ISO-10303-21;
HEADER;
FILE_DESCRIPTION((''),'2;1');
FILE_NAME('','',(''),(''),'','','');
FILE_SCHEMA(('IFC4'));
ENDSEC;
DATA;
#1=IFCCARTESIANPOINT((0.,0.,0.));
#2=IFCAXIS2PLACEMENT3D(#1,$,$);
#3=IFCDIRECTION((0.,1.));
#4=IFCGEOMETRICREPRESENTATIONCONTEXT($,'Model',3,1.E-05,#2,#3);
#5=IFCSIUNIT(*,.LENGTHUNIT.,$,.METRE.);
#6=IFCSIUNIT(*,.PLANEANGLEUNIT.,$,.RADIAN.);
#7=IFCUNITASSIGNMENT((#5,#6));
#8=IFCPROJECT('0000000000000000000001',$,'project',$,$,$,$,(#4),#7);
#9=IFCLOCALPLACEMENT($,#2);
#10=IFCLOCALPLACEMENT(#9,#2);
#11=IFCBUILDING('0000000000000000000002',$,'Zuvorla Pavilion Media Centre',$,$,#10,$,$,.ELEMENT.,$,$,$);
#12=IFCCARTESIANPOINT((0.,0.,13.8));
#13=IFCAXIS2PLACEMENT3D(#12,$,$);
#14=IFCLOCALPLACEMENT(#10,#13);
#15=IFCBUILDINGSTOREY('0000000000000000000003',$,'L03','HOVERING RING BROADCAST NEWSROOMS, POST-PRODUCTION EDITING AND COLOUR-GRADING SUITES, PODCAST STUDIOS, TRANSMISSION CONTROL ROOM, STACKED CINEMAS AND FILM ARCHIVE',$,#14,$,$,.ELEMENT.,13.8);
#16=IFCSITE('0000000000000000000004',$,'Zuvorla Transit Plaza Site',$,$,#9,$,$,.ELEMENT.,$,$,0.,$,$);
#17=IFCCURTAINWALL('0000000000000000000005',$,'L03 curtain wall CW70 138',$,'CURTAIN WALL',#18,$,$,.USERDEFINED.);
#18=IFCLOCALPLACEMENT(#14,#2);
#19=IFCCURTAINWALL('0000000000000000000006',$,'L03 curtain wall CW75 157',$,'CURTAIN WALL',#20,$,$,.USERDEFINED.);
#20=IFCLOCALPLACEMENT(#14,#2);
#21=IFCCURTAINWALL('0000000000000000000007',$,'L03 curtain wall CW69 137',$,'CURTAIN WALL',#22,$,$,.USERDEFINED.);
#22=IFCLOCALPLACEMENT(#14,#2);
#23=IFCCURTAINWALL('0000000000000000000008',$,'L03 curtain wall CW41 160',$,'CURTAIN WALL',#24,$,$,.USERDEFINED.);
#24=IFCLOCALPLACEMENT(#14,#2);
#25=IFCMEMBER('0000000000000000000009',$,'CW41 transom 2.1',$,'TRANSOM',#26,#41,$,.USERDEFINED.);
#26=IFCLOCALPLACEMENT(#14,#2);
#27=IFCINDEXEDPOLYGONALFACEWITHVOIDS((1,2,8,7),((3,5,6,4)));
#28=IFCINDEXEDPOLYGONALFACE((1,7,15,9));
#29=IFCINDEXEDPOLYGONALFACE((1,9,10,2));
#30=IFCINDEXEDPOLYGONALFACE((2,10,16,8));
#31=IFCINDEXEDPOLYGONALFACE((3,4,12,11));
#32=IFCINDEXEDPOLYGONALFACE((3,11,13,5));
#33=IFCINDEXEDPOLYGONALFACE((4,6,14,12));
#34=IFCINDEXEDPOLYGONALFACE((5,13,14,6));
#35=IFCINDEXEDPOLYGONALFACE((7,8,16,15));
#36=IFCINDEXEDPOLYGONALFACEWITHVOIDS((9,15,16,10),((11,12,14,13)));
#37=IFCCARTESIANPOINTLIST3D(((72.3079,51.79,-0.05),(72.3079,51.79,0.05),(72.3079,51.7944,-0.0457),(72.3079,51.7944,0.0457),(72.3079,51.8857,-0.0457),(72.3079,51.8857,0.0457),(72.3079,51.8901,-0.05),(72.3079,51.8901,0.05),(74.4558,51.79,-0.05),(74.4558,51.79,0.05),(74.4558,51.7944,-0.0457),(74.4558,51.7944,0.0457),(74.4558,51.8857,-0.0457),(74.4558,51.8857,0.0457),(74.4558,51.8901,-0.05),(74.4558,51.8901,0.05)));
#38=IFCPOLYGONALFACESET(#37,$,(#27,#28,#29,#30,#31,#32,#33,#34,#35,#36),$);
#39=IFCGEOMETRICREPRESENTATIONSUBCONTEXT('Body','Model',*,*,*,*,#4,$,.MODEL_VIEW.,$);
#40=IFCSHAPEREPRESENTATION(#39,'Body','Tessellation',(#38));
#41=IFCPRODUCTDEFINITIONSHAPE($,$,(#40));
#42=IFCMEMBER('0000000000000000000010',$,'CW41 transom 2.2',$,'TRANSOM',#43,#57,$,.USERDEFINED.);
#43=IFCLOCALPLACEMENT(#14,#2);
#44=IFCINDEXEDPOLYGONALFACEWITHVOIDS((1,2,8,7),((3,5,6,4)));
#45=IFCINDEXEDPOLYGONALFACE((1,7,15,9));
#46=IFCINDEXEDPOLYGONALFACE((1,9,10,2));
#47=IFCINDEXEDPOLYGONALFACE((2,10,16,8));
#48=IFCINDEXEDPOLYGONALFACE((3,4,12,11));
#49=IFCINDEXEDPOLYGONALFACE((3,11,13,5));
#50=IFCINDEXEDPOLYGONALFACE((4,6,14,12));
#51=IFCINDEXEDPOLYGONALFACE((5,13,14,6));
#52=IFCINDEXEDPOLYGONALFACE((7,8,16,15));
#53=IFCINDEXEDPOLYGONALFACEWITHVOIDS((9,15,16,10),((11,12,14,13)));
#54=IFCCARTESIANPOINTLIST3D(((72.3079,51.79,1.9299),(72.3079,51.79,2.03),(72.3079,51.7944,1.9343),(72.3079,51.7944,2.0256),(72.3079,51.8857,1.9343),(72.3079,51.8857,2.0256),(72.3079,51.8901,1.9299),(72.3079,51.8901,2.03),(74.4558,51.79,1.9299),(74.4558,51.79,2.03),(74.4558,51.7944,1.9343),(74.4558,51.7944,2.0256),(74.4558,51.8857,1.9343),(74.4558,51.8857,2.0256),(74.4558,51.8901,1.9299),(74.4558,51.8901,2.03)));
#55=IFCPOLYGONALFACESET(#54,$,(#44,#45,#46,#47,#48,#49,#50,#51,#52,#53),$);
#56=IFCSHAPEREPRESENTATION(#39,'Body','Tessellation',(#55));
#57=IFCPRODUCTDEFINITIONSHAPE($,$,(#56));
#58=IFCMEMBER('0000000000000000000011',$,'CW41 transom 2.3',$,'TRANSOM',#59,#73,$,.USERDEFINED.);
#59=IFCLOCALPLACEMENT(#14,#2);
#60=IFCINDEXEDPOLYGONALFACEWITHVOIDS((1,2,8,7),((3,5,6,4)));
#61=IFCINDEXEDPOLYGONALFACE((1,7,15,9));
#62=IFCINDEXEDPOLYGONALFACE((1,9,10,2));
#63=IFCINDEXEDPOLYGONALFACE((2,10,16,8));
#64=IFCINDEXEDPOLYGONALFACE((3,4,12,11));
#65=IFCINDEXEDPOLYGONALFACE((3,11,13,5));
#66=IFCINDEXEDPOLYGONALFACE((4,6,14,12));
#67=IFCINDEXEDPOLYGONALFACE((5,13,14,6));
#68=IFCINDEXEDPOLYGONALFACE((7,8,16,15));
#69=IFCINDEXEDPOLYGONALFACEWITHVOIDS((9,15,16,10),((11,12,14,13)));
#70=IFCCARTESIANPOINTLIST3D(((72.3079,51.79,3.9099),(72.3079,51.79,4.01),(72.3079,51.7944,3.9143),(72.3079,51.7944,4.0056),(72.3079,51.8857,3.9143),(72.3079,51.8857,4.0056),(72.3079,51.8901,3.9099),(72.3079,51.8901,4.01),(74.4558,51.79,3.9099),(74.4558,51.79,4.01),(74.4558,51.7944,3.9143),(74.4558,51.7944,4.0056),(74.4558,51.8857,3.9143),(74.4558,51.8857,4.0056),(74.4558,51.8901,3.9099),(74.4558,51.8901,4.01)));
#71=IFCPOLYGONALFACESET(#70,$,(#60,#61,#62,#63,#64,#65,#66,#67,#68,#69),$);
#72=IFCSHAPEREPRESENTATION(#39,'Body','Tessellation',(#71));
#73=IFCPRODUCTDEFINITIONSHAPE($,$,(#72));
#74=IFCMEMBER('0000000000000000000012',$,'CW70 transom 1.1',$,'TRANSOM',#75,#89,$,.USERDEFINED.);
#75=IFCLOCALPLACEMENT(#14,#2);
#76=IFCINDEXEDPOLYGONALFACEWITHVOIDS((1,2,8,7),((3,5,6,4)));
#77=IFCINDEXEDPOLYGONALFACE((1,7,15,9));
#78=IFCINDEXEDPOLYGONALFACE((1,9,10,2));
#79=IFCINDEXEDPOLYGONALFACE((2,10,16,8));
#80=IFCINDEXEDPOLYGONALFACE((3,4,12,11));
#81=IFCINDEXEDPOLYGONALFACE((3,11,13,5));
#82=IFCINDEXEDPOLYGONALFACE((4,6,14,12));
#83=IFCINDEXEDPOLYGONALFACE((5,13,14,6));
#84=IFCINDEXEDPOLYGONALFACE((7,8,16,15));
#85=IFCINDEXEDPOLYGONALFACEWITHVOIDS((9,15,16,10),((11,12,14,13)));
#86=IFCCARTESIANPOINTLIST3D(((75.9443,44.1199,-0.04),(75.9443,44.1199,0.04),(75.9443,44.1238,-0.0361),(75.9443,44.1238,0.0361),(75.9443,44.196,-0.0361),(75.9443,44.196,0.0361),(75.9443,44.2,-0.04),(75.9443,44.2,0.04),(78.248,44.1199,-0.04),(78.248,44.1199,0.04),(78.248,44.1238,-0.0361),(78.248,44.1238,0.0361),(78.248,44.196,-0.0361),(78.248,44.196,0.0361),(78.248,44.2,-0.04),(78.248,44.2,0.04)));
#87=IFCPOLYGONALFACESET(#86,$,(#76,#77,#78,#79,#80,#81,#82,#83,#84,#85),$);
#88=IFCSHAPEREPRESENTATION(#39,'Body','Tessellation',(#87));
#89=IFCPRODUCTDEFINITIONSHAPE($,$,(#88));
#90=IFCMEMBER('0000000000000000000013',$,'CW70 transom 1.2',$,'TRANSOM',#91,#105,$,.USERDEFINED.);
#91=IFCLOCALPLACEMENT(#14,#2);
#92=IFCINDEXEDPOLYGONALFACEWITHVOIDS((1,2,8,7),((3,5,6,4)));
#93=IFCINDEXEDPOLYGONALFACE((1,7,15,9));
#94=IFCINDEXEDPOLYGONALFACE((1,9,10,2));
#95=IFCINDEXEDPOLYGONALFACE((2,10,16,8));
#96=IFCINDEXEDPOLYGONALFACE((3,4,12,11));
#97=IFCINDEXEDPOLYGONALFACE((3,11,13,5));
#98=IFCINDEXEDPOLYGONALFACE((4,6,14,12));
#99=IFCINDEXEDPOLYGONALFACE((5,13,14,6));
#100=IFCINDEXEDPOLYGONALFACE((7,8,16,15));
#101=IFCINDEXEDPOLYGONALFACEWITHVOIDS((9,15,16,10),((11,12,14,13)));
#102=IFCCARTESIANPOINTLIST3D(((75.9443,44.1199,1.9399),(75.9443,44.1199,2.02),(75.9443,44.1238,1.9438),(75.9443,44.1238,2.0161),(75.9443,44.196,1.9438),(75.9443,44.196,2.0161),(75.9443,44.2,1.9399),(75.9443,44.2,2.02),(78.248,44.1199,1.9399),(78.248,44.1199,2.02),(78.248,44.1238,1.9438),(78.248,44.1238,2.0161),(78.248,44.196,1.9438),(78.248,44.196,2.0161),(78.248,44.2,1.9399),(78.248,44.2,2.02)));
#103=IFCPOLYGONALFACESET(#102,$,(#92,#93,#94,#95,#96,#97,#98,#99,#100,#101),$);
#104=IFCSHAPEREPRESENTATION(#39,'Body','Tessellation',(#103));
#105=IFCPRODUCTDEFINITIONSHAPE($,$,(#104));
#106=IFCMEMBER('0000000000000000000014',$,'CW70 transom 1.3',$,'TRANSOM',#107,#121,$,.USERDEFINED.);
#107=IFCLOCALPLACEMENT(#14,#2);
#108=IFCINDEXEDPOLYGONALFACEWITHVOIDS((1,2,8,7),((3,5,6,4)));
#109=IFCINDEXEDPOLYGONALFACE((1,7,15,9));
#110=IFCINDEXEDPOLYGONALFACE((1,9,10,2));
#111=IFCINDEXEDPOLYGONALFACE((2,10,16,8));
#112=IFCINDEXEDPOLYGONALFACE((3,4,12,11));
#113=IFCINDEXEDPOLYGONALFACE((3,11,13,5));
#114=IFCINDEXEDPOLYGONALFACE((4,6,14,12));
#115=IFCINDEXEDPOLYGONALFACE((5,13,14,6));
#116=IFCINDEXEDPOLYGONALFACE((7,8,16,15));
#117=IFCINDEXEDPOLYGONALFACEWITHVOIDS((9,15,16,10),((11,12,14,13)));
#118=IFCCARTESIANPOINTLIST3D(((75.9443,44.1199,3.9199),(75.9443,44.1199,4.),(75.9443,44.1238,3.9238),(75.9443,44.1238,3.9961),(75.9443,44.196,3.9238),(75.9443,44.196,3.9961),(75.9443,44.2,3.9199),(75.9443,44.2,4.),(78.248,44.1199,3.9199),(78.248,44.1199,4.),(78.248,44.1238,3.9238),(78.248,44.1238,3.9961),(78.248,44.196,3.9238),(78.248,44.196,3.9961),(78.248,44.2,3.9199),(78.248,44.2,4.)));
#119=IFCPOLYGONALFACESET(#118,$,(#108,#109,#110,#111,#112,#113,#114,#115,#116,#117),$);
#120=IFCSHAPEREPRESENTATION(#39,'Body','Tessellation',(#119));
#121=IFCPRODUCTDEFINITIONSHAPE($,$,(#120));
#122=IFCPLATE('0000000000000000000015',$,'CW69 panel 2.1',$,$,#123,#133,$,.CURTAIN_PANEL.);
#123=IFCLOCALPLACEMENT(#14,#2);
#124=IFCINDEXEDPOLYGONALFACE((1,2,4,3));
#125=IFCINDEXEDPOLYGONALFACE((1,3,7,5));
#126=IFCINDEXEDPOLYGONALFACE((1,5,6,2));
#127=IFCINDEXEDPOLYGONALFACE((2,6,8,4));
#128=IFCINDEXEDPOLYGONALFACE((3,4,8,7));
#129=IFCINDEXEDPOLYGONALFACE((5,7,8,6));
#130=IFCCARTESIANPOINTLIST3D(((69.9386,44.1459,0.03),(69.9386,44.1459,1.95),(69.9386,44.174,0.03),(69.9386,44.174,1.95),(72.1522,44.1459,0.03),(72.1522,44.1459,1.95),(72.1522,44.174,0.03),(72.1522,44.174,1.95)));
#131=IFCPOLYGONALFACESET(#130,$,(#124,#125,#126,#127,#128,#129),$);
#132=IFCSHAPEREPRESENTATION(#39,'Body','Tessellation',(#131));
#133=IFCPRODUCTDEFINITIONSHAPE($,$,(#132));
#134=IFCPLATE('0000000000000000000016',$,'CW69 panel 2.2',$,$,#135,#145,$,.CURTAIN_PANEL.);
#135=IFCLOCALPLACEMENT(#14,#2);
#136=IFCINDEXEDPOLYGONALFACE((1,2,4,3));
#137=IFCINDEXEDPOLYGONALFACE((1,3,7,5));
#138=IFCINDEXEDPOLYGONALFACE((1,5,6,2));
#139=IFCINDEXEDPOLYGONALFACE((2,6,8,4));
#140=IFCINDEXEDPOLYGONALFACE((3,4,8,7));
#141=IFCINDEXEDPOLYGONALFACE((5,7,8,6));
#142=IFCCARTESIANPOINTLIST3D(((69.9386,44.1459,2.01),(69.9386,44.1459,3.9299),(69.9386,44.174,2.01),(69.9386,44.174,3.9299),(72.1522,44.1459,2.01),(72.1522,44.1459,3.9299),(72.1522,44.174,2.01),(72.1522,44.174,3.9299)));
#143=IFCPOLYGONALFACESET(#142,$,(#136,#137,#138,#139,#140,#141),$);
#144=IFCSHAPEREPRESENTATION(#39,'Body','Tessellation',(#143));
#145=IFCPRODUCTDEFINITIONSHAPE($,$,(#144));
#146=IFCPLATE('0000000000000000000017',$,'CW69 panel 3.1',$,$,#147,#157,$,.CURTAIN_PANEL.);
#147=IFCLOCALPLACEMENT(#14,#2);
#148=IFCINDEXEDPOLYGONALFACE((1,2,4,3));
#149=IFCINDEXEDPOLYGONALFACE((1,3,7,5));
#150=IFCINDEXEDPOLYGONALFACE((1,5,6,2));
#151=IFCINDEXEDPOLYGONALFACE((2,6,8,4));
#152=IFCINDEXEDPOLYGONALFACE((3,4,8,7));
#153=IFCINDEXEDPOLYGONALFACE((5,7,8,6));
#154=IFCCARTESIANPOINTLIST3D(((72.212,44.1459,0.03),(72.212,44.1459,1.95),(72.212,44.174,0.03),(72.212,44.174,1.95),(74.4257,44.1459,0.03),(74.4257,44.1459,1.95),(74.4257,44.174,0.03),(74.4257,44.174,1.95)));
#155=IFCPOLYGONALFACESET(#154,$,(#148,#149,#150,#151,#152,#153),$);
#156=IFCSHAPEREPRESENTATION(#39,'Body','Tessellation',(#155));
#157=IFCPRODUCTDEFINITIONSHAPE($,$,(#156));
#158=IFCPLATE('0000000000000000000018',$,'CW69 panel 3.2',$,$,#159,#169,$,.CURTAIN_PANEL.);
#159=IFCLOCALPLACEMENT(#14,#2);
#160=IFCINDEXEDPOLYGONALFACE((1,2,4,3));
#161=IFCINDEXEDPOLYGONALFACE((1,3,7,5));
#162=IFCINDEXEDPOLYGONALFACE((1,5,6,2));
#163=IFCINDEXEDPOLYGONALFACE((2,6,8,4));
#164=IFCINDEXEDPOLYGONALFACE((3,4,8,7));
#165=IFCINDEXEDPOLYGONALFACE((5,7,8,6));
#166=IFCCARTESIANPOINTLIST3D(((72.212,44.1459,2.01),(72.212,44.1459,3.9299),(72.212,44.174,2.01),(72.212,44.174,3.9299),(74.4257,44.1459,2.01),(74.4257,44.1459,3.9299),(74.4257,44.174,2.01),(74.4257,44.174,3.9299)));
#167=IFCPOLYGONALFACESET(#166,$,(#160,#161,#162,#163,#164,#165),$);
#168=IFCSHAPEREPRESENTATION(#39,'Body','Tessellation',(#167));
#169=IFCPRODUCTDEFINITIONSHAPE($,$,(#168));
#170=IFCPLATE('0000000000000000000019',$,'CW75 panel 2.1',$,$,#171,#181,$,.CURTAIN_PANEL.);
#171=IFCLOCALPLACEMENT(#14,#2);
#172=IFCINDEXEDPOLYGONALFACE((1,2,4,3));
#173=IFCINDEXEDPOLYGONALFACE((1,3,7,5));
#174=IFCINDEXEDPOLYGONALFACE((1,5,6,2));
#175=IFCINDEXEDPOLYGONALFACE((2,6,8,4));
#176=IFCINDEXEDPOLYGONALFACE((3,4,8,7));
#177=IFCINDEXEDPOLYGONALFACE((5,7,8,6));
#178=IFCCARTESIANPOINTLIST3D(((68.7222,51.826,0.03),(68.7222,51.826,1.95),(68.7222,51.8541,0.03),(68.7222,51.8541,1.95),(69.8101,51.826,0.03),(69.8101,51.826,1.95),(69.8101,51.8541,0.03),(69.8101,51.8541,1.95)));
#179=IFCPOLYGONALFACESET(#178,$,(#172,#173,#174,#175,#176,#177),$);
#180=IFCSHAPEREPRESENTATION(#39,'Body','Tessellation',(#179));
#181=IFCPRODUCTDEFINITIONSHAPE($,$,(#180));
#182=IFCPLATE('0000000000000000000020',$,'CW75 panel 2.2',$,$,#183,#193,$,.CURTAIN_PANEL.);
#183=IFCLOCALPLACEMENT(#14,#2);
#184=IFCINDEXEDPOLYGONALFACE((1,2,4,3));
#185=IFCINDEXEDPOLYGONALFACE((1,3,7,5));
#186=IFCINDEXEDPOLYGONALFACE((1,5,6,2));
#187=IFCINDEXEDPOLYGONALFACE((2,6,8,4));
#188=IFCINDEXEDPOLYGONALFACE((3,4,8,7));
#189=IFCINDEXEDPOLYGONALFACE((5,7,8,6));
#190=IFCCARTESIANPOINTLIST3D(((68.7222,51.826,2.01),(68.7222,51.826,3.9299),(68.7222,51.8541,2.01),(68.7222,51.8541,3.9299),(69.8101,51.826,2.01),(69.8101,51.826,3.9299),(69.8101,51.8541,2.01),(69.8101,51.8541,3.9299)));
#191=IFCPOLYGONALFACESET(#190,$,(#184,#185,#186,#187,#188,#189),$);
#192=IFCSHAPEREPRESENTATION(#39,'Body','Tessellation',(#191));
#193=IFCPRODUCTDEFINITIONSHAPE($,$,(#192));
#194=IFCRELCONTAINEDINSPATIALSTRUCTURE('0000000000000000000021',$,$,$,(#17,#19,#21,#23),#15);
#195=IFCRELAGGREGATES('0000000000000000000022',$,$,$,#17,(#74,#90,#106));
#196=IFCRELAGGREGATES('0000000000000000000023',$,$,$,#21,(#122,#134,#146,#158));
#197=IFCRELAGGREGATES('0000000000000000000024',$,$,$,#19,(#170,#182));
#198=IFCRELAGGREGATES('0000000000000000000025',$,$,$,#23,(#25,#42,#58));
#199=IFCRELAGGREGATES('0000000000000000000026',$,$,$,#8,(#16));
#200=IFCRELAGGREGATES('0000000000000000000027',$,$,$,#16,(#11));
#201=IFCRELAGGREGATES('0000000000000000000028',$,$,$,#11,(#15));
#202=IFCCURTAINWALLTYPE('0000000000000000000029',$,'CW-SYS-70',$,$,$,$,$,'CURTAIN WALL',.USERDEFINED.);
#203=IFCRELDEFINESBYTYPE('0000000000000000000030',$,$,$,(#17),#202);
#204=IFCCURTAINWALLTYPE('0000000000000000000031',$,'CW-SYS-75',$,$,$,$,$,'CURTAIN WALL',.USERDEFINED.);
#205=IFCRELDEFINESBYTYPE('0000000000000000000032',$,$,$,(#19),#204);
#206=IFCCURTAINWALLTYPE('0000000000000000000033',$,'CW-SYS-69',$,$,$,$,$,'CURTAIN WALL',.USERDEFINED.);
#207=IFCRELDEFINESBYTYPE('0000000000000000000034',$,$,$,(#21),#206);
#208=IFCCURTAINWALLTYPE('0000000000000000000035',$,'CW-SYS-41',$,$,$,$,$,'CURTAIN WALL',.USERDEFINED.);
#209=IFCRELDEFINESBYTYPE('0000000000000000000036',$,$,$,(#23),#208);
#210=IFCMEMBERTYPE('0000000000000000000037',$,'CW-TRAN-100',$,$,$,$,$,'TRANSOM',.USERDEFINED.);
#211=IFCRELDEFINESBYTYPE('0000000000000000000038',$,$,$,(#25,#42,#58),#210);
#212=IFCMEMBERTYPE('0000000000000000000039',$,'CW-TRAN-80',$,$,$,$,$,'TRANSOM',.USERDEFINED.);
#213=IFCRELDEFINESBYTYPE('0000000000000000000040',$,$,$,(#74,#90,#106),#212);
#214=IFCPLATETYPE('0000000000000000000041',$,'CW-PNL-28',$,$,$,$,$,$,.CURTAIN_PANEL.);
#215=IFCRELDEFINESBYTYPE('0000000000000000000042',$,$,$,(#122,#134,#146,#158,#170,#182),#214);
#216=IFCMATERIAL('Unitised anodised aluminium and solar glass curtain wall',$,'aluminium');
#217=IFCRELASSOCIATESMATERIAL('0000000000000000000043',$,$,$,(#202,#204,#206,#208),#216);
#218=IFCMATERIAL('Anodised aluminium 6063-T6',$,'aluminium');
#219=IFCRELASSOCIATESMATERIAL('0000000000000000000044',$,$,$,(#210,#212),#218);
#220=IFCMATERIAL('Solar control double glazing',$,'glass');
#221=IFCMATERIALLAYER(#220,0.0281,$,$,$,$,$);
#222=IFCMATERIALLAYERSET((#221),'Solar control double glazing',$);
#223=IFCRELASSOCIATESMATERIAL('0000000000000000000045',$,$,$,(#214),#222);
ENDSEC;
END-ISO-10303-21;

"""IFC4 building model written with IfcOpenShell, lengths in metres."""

from ifc_helpers import new_model, si_unit, direction, frame, origin, origin_2d, place, context, subcontext, project, spatial, rectangle, hollow_rectangle, extrude, material, layer, layer_set, material_profile, profile_set, type_object, element, aggregate, save


model = new_model("IFC4")

# Units and contexts
model_context = context("Model", 3, precision=1e-05, world=origin(), true_north=direction((0.0, 1.0)))
body_context = subcontext(model_context, "Body", "Model", "MODEL_VIEW")
ifc_project = project(units=[si_unit("LENGTHUNIT", "METRE"), si_unit("PLANEANGLEUNIT", "RADIAN")], contexts=[model_context])

# Site, building, storey
site_placement = place(None, origin())
site = spatial("IfcSite", under=ifc_project, at=site_placement, Name="Zuvorla Transit Plaza Site", CompositionType="ELEMENT", RefElevation=0.0)
building_placement = place(site_placement, origin())
building = spatial("IfcBuilding", under=site, at=building_placement, Name="Zuvorla Pavilion Media Centre", CompositionType="ELEMENT")
storey_placement = place(building_placement, frame((0.0, 0.0, 13.8)))
storey = spatial("IfcBuildingStorey", under=building, at=storey_placement, Name="L03", Description="HOVERING RING BROADCAST NEWSROOMS, POST-PRODUCTION EDITING AND COLOUR-GRADING SUITES, PODCAST STUDIOS, TRANSMISSION CONTROL ROOM, STACKED CINEMAS AND FILM ARCHIVE", CompositionType="ELEMENT", Elevation=13.8)

# Curtain walls
ifc_material_1 = material(Name="Unitised anodised aluminium and solar glass curtain wall", Category="aluminium")
curtain_wall_type_1 = type_object("IfcCurtainWallType", Name="CW-SYS-70", ElementType="CURTAIN WALL", PredefinedType="USERDEFINED", material=ifc_material_1)
curtain_wall_1_placement = place(storey_placement, origin())
curtain_wall_1 = element("IfcCurtainWall", 1, at=curtain_wall_1_placement, inside=storey, type_object=curtain_wall_type_1, Name="L03 curtain wall CW70 138", ObjectType="CURTAIN WALL", PredefinedType="USERDEFINED")
ifc_material_2 = material(Name="Anodised aluminium 6063-T6", Category="aluminium")
curtain_wall_type_2 = type_object("IfcCurtainWallType", Name="CW-SYS-75", ElementType="CURTAIN WALL", PredefinedType="USERDEFINED", material=ifc_material_1)
curtain_wall_2_placement = place(storey_placement, origin())
curtain_wall_2 = element("IfcCurtainWall", 2, at=curtain_wall_2_placement, inside=storey, type_object=curtain_wall_type_2, Name="L03 curtain wall CW75 157", ObjectType="CURTAIN WALL", PredefinedType="USERDEFINED")

# Curtain walls
curtain_wall_type_3 = type_object("IfcCurtainWallType", Name="CW-SYS-69", ElementType="CURTAIN WALL", PredefinedType="USERDEFINED", material=ifc_material_1)
curtain_wall_3_placement = place(storey_placement, origin())
curtain_wall_3 = element("IfcCurtainWall", 3, at=curtain_wall_3_placement, inside=storey, type_object=curtain_wall_type_3, Name="L03 curtain wall CW69 137", ObjectType="CURTAIN WALL", PredefinedType="USERDEFINED")
curtain_wall_type_4 = type_object("IfcCurtainWallType", Name="CW-SYS-41", ElementType="CURTAIN WALL", PredefinedType="USERDEFINED", material=ifc_material_1)
curtain_wall_4_placement = place(storey_placement, origin())
curtain_wall_4 = element("IfcCurtainWall", 4, at=curtain_wall_4_placement, inside=storey, type_object=curtain_wall_type_4, Name="L03 curtain wall CW41 160", ObjectType="CURTAIN WALL", PredefinedType="USERDEFINED")

# Members
ifc_material_profile_1 = material_profile(ifc_material_2, hollow_rectangle(XDim=0.1001, YDim=0.1001, WallThickness=0.0044, at=origin_2d()), Name="ALU TRAN 100x100")
ifc_profile_set_1 = profile_set([ifc_material_profile_1], Name="Anodised aluminium 6063-T6")
member_type_1 = type_object("IfcMemberType", Name="CW-TRAN-100", ElementType="TRANSOM", PredefinedType="USERDEFINED", material=ifc_profile_set_1)
member_1_placement = place(storey_placement, frame((72.3079, 51.8401, 0.0), z_axis=(1.0, 0.0, 0.0), x_axis=(0.0, 1.0, 0.0)))
member_1 = element("IfcMember", 5, at=member_1_placement, type_object=member_type_1, Name="CW41 transom 2.1", ObjectType="TRANSOM", PredefinedType="USERDEFINED", context=body_context, shape_type="SweptSolid", body=[
    extrude(hollow_rectangle(XDim=0.1001, YDim=0.1001, WallThickness=0.0044, at=origin_2d()), origin(), (0.0, 0.0, 1.0), 2.1479),
])
member_2_placement = place(storey_placement, frame((72.3079, 51.8401, 1.98), z_axis=(1.0, 0.0, 0.0), x_axis=(0.0, 1.0, 0.0)))
member_2 = element("IfcMember", 6, at=member_2_placement, type_object=member_type_1, Name="CW41 transom 2.2", ObjectType="TRANSOM", PredefinedType="USERDEFINED", context=body_context, shape_type="SweptSolid", body=[
    extrude(hollow_rectangle(XDim=0.1001, YDim=0.1001, WallThickness=0.0044, at=origin_2d()), origin(), (0.0, 0.0, 1.0), 2.1479),
])
member_3_placement = place(storey_placement, frame((72.3079, 51.8401, 3.96), z_axis=(1.0, 0.0, 0.0), x_axis=(0.0, 1.0, 0.0)))
member_3 = element("IfcMember", 7, at=member_3_placement, type_object=member_type_1, Name="CW41 transom 2.3", ObjectType="TRANSOM", PredefinedType="USERDEFINED", context=body_context, shape_type="SweptSolid", body=[
    extrude(hollow_rectangle(XDim=0.1001, YDim=0.1001, WallThickness=0.0044, at=origin_2d()), origin(), (0.0, 0.0, 1.0), 2.1479),
])
ifc_material_profile_2 = material_profile(ifc_material_2, hollow_rectangle(XDim=0.0801, YDim=0.0801, WallThickness=0.0039, at=origin_2d()), Name="ALU TRAN 80x80")
ifc_profile_set_2 = profile_set([ifc_material_profile_2], Name="Anodised aluminium 6063-T6")
member_type_2 = type_object("IfcMemberType", Name="CW-TRAN-80", ElementType="TRANSOM", PredefinedType="USERDEFINED", material=ifc_profile_set_2)
member_4_placement = place(storey_placement, frame((75.9443, 44.1599, 0.0), z_axis=(1.0, 0.0, 0.0), x_axis=(0.0, 1.0, 0.0)))
member_4 = element("IfcMember", 8, at=member_4_placement, type_object=member_type_2, Name="CW70 transom 1.1", ObjectType="TRANSOM", PredefinedType="USERDEFINED", context=body_context, shape_type="SweptSolid", body=[
    extrude(hollow_rectangle(XDim=0.0801, YDim=0.0801, WallThickness=0.0039, at=origin_2d()), origin(), (0.0, 0.0, 1.0), 2.3037),
])
member_5_placement = place(storey_placement, frame((75.9443, 44.1599, 1.98), z_axis=(1.0, 0.0, 0.0), x_axis=(0.0, 1.0, 0.0)))
member_5 = element("IfcMember", 9, at=member_5_placement, type_object=member_type_2, Name="CW70 transom 1.2", ObjectType="TRANSOM", PredefinedType="USERDEFINED", context=body_context, shape_type="SweptSolid", body=[
    extrude(hollow_rectangle(XDim=0.0801, YDim=0.0801, WallThickness=0.0039, at=origin_2d()), origin(), (0.0, 0.0, 1.0), 2.3037),
])
member_6_placement = place(storey_placement, frame((75.9443, 44.1599, 3.96), z_axis=(1.0, 0.0, 0.0), x_axis=(0.0, 1.0, 0.0)))
member_6 = element("IfcMember", 10, at=member_6_placement, type_object=member_type_2, Name="CW70 transom 1.3", ObjectType="TRANSOM", PredefinedType="USERDEFINED", context=body_context, shape_type="SweptSolid", body=[
    extrude(hollow_rectangle(XDim=0.0801, YDim=0.0801, WallThickness=0.0039, at=origin_2d()), origin(), (0.0, 0.0, 1.0), 2.3037),
])
aggregate(curtain_wall_1, [member_4, member_5, member_6])

# Plates
ifc_material_3 = material(Name="Solar control double glazing", Category="glass")
ifc_layer_1 = layer(ifc_material_3, 0.0281)
ifc_layer_set_1 = layer_set([ifc_layer_1], Name="Solar control double glazing")
plate_type_1 = type_object("IfcPlateType", Name="CW-PNL-28", PredefinedType="CURTAIN_PANEL", material=ifc_layer_set_1)
plate_1_placement = place(storey_placement, frame((71.0454, 44.1599, 0.03), z_axis=(0.0, 0.0, 1.0), x_axis=(1.0, 0.0, 0.0)))
plate_1 = element("IfcPlate", 11, at=plate_1_placement, type_object=plate_type_1, Name="CW69 panel 2.1", PredefinedType="CURTAIN_PANEL", context=body_context, shape_type="SweptSolid", body=[
    extrude(rectangle(XDim=2.2136, YDim=0.0281, at=origin_2d()), origin(), (0.0, 0.0, 1.0), 1.9199),
])
plate_2_placement = place(storey_placement, frame((71.0454, 44.1599, 2.01), z_axis=(0.0, 0.0, 1.0), x_axis=(1.0, 0.0, 0.0)))
plate_2 = element("IfcPlate", 12, at=plate_2_placement, type_object=plate_type_1, Name="CW69 panel 2.2", PredefinedType="CURTAIN_PANEL", context=body_context, shape_type="SweptSolid", body=[
    extrude(rectangle(XDim=2.2136, YDim=0.0281, at=origin_2d()), origin(), (0.0, 0.0, 1.0), 1.9199),
])
plate_3_placement = place(storey_placement, frame((73.3188, 44.1599, 0.03), z_axis=(0.0, 0.0, 1.0), x_axis=(1.0, 0.0, 0.0)))
plate_3 = element("IfcPlate", 13, at=plate_3_placement, type_object=plate_type_1, Name="CW69 panel 3.1", PredefinedType="CURTAIN_PANEL", context=body_context, shape_type="SweptSolid", body=[
    extrude(rectangle(XDim=2.2136, YDim=0.0281, at=origin_2d()), origin(), (0.0, 0.0, 1.0), 1.9199),
])
plate_4_placement = place(storey_placement, frame((73.3188, 44.1599, 2.01), z_axis=(0.0, 0.0, 1.0), x_axis=(1.0, 0.0, 0.0)))
plate_4 = element("IfcPlate", 14, at=plate_4_placement, type_object=plate_type_1, Name="CW69 panel 3.2", PredefinedType="CURTAIN_PANEL", context=body_context, shape_type="SweptSolid", body=[
    extrude(rectangle(XDim=2.2136, YDim=0.0281, at=origin_2d()), origin(), (0.0, 0.0, 1.0), 1.9199),
])
aggregate(curtain_wall_3, [plate_1, plate_2, plate_3, plate_4])
plate_5_placement = place(storey_placement, frame((69.2661, 51.8401, 0.03), z_axis=(0.0, 0.0, 1.0), x_axis=(1.0, 0.0, 0.0)))
plate_5 = element("IfcPlate", 15, at=plate_5_placement, type_object=plate_type_1, Name="CW75 panel 2.1", PredefinedType="CURTAIN_PANEL", context=body_context, shape_type="SweptSolid", body=[
    extrude(rectangle(XDim=1.0879, YDim=0.0281, at=origin_2d()), origin(), (0.0, 0.0, 1.0), 1.9199),
])
plate_6_placement = place(storey_placement, frame((69.2661, 51.8401, 2.01), z_axis=(0.0, 0.0, 1.0), x_axis=(1.0, 0.0, 0.0)))
plate_6 = element("IfcPlate", 16, at=plate_6_placement, type_object=plate_type_1, Name="CW75 panel 2.2", PredefinedType="CURTAIN_PANEL", context=body_context, shape_type="SweptSolid", body=[
    extrude(rectangle(XDim=1.0879, YDim=0.0281, at=origin_2d()), origin(), (0.0, 0.0, 1.0), 1.9199),
])
aggregate(curtain_wall_2, [plate_5, plate_6])
aggregate(curtain_wall_4, [member_1, member_2, member_3])

save(model, "model.ifc")
